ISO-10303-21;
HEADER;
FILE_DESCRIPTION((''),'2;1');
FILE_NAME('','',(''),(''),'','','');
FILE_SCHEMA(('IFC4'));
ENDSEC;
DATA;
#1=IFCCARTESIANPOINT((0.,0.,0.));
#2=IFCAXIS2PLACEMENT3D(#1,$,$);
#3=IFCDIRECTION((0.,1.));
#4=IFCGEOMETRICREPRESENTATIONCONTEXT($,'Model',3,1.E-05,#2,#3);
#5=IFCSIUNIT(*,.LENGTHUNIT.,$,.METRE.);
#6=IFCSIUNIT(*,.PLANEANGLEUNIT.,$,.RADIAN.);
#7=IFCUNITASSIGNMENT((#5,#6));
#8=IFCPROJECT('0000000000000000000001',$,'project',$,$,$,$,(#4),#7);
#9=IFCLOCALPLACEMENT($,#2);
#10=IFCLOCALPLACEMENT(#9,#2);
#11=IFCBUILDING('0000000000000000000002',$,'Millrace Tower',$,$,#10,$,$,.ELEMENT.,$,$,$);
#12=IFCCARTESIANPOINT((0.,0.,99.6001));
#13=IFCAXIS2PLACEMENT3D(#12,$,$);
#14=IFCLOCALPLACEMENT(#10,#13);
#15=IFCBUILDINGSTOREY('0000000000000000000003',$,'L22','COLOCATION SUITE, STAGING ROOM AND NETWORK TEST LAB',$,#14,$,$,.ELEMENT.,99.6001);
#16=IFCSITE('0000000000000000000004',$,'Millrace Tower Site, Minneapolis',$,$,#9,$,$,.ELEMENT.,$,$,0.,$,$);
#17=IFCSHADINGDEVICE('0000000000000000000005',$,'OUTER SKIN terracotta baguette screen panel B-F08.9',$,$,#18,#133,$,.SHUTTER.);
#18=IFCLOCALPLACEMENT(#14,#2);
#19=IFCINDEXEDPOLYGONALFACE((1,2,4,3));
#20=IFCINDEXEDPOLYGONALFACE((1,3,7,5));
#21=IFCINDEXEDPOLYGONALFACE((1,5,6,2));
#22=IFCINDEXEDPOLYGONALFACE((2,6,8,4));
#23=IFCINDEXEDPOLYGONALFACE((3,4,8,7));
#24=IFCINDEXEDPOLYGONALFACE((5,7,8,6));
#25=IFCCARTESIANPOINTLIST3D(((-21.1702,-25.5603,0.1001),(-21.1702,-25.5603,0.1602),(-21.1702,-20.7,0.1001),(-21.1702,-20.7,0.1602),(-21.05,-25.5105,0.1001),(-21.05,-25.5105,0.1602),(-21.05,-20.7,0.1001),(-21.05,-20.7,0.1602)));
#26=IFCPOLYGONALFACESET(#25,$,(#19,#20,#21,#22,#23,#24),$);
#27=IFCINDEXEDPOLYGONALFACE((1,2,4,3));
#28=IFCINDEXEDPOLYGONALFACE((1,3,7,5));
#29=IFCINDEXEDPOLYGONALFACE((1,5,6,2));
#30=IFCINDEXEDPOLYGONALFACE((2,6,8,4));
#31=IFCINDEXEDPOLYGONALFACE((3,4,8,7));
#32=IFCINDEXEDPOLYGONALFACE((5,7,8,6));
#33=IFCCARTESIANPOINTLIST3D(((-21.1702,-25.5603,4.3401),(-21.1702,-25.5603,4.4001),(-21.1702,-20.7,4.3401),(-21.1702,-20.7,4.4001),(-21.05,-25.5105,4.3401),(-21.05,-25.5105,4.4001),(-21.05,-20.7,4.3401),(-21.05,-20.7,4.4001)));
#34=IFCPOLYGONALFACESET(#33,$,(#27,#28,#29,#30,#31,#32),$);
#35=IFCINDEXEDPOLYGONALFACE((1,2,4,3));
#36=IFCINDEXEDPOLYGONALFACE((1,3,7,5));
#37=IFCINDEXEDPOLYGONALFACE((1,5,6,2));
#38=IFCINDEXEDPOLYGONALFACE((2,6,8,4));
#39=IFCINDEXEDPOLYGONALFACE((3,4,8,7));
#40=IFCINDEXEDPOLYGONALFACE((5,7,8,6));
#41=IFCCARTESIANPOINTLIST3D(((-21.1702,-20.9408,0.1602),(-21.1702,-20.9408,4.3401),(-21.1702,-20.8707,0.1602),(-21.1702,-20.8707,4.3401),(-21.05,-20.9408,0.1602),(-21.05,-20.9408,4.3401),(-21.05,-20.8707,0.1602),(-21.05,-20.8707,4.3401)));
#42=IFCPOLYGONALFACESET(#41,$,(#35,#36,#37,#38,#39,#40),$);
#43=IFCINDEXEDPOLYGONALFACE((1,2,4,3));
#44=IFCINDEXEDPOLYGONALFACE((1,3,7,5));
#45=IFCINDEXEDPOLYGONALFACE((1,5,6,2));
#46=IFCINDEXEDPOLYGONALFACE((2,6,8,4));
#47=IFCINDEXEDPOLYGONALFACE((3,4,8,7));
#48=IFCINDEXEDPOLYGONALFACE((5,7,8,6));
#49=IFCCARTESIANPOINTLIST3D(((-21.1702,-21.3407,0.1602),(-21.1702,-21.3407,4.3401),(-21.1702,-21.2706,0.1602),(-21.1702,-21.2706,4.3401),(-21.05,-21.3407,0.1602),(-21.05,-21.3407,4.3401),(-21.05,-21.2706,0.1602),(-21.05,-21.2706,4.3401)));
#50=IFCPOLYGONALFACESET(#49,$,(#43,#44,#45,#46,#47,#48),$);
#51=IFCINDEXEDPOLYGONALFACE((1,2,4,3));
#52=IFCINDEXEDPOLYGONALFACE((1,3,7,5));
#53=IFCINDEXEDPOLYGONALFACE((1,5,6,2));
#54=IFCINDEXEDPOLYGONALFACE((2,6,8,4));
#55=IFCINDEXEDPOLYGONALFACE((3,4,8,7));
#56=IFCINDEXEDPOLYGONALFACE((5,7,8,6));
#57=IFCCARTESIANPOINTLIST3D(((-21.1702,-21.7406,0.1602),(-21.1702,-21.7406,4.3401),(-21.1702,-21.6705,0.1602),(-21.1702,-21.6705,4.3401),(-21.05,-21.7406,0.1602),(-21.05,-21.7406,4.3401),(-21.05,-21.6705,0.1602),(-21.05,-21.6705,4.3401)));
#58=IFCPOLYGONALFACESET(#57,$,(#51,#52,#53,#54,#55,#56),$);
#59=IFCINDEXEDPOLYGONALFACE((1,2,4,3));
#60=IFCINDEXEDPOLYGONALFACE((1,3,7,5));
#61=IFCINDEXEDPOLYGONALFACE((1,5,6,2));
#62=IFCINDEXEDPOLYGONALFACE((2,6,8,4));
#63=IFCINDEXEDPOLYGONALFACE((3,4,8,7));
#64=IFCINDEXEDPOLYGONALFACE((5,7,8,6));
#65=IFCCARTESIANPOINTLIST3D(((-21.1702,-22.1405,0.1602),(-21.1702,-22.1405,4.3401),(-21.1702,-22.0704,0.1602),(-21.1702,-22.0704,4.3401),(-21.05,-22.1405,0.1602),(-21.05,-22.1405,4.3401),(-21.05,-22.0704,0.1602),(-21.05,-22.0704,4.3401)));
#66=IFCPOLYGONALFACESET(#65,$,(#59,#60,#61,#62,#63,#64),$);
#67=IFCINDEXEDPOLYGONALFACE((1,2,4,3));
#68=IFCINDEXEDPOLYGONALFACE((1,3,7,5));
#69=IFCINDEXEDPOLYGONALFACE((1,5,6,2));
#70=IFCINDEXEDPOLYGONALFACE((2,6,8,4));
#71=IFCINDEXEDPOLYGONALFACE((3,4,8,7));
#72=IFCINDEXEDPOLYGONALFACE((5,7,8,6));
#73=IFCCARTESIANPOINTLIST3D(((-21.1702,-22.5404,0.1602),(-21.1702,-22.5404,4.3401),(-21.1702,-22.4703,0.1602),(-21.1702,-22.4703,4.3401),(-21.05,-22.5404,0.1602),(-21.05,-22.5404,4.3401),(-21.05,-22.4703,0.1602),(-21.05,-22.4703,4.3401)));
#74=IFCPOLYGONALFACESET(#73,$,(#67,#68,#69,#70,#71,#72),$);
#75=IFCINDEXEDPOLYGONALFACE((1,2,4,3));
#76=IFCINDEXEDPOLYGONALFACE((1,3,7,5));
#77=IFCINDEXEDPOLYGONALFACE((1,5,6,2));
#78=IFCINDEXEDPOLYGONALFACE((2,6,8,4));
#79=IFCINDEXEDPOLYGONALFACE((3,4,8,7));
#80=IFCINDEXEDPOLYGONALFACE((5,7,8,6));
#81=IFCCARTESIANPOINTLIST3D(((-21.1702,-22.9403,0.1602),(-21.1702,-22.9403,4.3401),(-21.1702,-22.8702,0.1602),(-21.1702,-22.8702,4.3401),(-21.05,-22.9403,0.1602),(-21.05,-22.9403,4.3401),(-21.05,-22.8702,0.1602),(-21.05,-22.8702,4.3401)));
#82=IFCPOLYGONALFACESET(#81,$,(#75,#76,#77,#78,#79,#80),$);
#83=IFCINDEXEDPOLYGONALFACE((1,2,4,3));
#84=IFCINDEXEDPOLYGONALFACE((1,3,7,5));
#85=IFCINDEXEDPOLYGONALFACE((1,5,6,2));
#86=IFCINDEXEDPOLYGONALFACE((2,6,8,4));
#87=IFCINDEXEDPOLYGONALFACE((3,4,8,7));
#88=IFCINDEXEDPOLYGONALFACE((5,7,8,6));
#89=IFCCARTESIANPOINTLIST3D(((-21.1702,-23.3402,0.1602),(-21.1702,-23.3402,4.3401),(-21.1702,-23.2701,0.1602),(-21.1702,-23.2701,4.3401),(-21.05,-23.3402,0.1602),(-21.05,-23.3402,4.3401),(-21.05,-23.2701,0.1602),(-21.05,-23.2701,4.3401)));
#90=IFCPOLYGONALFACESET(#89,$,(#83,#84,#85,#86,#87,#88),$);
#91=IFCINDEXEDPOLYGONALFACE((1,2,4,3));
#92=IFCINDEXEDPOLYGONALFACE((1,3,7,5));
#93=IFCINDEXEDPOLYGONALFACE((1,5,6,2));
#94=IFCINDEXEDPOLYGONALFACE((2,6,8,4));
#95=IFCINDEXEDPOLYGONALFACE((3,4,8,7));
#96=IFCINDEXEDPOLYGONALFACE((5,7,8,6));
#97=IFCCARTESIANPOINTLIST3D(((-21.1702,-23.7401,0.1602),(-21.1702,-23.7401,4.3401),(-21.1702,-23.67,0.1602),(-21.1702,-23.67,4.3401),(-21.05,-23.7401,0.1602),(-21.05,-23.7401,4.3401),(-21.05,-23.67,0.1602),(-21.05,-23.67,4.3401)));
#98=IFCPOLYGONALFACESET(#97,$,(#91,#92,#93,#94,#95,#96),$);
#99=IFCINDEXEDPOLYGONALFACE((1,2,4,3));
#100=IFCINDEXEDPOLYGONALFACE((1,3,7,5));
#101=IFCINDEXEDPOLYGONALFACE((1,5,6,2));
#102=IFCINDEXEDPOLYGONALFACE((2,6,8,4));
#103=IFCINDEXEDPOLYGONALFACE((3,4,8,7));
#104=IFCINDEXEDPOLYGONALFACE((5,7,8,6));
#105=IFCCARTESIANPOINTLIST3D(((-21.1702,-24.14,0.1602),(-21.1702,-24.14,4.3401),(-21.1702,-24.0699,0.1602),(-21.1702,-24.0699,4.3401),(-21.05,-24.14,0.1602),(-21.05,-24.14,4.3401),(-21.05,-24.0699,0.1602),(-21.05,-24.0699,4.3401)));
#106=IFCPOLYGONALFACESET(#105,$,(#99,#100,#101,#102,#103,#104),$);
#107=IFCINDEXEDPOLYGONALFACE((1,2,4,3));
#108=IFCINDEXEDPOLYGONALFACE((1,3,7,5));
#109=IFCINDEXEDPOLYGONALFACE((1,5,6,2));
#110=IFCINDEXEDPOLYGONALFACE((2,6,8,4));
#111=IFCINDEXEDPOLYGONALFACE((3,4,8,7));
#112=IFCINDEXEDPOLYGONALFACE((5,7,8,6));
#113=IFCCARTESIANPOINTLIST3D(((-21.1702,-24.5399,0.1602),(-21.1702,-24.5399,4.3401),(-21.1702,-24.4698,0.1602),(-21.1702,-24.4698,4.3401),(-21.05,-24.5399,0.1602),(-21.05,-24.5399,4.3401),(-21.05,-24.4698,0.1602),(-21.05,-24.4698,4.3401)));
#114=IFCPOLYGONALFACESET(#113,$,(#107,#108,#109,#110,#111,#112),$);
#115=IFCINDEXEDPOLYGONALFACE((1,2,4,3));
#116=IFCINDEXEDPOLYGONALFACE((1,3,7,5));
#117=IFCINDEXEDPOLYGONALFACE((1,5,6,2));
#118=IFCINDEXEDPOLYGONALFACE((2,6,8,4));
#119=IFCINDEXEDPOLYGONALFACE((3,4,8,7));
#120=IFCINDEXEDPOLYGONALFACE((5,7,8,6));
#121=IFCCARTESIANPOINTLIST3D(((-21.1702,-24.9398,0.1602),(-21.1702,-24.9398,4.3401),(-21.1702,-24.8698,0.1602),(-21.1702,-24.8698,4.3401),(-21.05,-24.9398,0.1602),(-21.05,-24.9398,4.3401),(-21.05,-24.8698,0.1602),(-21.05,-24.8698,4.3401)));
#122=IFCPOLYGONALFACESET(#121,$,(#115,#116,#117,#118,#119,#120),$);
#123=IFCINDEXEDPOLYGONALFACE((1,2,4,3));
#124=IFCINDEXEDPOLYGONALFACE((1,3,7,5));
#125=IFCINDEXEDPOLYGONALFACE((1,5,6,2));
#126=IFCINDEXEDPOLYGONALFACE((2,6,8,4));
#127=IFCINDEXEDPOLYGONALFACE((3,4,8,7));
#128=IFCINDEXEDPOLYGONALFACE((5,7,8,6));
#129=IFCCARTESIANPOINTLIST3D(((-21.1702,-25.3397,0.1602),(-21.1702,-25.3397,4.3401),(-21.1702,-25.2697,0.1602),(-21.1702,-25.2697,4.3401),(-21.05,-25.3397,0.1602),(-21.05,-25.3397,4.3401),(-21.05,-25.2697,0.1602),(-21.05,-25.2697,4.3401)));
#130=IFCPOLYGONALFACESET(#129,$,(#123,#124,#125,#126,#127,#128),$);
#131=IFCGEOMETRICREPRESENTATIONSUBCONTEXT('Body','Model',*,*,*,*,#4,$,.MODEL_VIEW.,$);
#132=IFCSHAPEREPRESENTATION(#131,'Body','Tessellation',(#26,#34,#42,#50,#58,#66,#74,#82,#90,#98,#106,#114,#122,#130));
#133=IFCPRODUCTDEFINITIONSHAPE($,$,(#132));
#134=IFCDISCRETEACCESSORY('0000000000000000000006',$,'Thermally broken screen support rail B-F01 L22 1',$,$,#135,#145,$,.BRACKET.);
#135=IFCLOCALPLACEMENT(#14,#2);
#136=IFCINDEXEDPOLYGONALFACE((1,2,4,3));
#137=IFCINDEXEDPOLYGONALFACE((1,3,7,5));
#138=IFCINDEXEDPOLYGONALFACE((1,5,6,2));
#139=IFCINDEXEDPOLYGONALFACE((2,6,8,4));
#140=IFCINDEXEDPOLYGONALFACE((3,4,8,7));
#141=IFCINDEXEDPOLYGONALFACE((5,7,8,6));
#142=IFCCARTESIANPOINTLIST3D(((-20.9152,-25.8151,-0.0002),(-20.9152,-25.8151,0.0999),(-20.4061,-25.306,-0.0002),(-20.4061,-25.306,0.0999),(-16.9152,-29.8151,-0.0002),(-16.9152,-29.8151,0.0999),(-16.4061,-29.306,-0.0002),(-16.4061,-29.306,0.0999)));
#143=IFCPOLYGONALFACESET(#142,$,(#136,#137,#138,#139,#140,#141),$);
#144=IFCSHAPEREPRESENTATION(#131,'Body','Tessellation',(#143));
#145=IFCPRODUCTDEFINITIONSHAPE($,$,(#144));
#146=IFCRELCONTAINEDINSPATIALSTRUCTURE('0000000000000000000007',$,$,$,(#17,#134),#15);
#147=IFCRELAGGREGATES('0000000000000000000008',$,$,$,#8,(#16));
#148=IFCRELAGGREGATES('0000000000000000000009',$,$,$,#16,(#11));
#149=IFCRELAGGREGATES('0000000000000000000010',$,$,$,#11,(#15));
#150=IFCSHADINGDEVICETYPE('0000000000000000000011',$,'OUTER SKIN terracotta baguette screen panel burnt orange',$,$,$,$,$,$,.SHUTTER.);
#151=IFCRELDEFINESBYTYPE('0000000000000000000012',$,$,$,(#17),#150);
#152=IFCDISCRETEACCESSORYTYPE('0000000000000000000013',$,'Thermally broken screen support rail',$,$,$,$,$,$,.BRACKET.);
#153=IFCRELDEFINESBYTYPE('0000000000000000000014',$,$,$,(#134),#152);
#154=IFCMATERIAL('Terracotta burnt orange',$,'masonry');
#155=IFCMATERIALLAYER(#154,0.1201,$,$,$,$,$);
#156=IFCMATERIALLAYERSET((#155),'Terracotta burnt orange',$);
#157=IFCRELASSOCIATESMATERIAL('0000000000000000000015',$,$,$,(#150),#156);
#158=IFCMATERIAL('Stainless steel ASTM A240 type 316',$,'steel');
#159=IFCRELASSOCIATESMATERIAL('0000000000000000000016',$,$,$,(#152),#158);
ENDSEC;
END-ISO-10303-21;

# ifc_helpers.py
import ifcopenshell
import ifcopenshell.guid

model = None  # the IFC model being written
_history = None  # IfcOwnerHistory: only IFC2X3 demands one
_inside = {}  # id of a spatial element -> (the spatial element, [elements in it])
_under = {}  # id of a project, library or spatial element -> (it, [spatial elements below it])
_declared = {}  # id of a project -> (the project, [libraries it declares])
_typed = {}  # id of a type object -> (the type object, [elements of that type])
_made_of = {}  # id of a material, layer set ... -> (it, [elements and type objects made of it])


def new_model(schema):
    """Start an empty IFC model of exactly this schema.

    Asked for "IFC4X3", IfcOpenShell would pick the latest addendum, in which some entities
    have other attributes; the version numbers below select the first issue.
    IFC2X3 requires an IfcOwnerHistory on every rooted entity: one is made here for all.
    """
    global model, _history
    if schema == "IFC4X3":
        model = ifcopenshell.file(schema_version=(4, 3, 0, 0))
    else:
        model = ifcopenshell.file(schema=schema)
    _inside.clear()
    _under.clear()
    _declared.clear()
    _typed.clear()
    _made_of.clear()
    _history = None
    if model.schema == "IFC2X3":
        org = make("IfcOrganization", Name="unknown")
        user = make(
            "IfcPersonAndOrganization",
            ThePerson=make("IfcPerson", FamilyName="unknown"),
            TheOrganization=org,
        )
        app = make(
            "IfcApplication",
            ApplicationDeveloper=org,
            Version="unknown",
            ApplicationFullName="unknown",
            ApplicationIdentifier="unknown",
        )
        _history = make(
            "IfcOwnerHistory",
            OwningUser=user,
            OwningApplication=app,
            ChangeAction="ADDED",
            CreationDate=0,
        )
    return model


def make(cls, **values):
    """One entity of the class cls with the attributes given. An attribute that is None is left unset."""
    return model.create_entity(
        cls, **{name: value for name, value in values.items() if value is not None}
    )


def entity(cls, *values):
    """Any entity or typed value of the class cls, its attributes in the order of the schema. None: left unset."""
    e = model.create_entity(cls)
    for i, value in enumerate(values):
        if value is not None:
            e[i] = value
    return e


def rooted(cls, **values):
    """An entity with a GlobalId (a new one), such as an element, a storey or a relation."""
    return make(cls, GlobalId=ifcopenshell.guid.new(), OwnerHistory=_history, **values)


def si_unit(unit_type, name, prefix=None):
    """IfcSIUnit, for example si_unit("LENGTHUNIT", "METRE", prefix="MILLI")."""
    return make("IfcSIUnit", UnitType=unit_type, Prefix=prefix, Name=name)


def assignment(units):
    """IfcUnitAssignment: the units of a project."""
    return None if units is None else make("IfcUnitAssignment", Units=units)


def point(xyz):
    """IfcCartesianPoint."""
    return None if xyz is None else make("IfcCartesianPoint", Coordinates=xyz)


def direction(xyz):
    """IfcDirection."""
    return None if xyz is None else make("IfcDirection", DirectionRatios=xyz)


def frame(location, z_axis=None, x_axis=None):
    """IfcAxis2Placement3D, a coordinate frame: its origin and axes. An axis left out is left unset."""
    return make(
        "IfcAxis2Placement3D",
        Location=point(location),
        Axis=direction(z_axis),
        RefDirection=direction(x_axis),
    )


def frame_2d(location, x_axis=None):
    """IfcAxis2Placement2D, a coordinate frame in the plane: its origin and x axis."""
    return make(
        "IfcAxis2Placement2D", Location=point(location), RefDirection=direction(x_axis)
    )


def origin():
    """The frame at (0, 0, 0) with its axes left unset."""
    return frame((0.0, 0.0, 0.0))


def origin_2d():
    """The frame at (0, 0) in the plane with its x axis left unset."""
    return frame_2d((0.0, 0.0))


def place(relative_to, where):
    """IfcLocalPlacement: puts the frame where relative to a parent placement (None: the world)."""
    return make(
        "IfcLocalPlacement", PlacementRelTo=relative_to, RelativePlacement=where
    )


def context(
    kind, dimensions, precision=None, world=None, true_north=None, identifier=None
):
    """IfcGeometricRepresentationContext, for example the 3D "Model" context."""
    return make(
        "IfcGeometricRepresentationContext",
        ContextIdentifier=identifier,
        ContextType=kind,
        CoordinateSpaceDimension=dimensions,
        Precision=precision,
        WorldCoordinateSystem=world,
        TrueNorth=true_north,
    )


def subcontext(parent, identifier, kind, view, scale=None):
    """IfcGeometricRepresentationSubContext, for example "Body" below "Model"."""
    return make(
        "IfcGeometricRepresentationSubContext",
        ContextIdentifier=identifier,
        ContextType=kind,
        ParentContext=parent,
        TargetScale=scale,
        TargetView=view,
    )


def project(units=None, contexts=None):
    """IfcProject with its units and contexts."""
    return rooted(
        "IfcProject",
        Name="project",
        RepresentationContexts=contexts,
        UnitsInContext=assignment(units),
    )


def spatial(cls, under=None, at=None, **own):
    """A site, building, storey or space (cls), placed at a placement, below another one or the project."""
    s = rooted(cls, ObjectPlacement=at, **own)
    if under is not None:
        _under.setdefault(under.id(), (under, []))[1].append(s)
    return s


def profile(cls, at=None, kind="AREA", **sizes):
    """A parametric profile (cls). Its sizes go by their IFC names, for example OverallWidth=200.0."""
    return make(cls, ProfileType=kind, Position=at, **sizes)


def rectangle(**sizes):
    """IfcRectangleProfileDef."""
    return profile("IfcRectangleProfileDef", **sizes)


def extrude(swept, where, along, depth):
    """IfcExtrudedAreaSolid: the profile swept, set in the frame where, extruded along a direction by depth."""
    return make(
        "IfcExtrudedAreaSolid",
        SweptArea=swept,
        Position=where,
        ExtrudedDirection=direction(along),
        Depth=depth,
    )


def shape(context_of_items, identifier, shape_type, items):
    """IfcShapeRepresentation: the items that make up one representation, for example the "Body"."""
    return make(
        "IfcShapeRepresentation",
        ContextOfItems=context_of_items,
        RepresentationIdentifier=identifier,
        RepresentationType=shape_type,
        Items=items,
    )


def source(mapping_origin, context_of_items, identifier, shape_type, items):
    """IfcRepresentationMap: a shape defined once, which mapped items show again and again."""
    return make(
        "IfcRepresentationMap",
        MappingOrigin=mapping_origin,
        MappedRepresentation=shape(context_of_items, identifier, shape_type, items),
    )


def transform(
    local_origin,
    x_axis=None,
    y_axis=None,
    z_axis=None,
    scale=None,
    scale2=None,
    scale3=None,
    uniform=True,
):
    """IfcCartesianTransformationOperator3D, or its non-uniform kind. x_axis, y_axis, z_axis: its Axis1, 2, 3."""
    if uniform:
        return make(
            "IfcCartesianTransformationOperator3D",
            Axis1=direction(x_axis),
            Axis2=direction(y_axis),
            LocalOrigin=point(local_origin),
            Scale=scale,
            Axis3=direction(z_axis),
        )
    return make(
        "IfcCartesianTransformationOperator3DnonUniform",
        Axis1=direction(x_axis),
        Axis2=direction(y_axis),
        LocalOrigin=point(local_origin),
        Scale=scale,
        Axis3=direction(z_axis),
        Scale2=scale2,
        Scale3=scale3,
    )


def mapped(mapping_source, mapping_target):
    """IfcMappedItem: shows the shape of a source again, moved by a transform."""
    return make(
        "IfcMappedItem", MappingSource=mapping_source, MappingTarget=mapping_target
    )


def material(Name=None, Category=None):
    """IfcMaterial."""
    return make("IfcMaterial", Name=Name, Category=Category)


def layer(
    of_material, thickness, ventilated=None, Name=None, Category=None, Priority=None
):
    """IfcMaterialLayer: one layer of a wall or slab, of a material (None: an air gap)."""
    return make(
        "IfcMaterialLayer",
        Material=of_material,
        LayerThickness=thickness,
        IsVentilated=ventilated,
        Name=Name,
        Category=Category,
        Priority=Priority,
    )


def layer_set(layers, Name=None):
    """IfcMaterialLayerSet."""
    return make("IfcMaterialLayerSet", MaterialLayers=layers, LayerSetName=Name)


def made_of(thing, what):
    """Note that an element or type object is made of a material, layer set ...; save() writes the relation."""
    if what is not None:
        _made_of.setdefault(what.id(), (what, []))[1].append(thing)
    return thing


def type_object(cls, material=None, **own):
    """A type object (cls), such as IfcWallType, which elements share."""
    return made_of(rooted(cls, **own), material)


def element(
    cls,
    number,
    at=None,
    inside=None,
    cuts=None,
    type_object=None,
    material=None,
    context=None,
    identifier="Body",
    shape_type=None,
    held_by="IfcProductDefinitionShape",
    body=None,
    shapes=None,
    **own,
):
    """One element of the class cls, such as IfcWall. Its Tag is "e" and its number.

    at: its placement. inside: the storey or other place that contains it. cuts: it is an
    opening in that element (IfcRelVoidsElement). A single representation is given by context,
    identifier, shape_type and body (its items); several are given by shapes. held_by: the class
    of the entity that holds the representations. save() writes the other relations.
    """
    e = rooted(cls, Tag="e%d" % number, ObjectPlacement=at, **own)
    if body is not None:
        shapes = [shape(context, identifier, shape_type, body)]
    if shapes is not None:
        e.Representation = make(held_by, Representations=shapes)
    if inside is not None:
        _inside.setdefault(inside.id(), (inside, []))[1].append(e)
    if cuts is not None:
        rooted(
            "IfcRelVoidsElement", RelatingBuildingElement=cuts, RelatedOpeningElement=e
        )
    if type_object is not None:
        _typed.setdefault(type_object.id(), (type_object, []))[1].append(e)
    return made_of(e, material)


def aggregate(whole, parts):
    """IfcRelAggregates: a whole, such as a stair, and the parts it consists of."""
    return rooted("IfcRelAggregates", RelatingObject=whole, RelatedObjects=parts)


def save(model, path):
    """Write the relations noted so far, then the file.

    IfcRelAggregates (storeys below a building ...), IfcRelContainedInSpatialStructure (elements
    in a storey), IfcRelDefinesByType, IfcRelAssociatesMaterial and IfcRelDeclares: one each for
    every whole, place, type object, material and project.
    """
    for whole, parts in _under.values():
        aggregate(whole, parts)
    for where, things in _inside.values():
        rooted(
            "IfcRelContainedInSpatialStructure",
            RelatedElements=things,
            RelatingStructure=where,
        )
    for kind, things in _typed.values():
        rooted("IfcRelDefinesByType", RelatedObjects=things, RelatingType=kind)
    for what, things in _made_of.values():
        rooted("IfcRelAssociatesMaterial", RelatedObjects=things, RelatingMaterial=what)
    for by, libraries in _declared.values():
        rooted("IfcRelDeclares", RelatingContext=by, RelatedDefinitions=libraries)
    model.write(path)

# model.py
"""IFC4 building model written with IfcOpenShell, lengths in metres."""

from ifc_helpers import new_model, entity, si_unit, direction, frame, frame_2d, origin, origin_2d, place, context, subcontext, project, spatial, rectangle, extrude, source, transform, mapped, material, layer, layer_set, type_object, element, save


model = new_model("IFC4")

# Units and contexts
model_context = context("Model", 3, precision=1e-05, world=origin(), true_north=direction((0.0, 1.0)))
body_context = subcontext(model_context, "Body", "Model", "MODEL_VIEW")
ifc_project = project(units=[si_unit("LENGTHUNIT", "METRE"), si_unit("PLANEANGLEUNIT", "RADIAN")], contexts=[model_context])

# Site, building, storey
site_placement = place(None, origin())
site = spatial("IfcSite", under=ifc_project, at=site_placement, Name="Millrace Tower Site, Minneapolis", CompositionType="ELEMENT", RefElevation=0.0)
building_placement = place(site_placement, origin())
building = spatial("IfcBuilding", under=site, at=building_placement, Name="Millrace Tower", CompositionType="ELEMENT")
storey_placement = place(building_placement, frame((0.0, 0.0, 99.6001)))
storey = spatial("IfcBuildingStorey", under=building, at=storey_placement, Name="L22", Description="COLOCATION SUITE, STAGING ROOM AND NETWORK TEST LAB", CompositionType="ELEMENT", Elevation=99.6001)

# Shading device
ifc_material_1 = material(Name="Terracotta burnt orange", Category="masonry")
ifc_layer_1 = layer(ifc_material_1, 0.1201)
ifc_layer_set_1 = layer_set([ifc_layer_1], Name="Terracotta burnt orange")
shading_device_type = type_object("IfcShadingDeviceType", Name="OUTER SKIN terracotta baguette screen panel burnt orange", PredefinedType="SHUTTER", material=ifc_layer_set_1)
cartesian_point_1 = entity("IfcCartesianPoint", [-2.4177, 0.0601])
shared_polyline_1 = entity("IfcPolyline", [cartesian_point_1, entity("IfcCartesianPoint", [2.3928, 0.0601]), entity("IfcCartesianPoint", [2.4426, -0.0601]), entity("IfcCartesianPoint", [-2.4177, -0.0601]), cartesian_point_1])
shared_shape_1 = source(origin(), body_context, "Body", "SweptSolid", [
    entity("IfcExtrudedAreaSolid", entity("IfcArbitraryClosedProfileDef", "AREA", None, shared_polyline_1), entity("IfcAxis2Placement3D", entity("IfcCartesianPoint", [0.0, 0.0, 0.0])), entity("IfcDirection", [0.0, 0.0, 1.0]), 0.0601),
    entity("IfcExtrudedAreaSolid", entity("IfcArbitraryClosedProfileDef", "AREA", None, shared_polyline_1), entity("IfcAxis2Placement3D", entity("IfcCartesianPoint", [0.0, 0.0, 4.24])), entity("IfcDirection", [0.0, 0.0, 1.0]), 0.0601),
    extrude(rectangle(XDim=0.0701, YDim=0.1201, at=frame_2d((-2.2119, 0.0))), frame((0.0, 0.0, 0.0601)), (0.0, 0.0, 1.0), 4.1799),
    extrude(rectangle(XDim=0.0701, YDim=0.1201, at=frame_2d((-1.812, 0.0))), frame((0.0, 0.0, 0.0601)), (0.0, 0.0, 1.0), 4.1799),
    extrude(rectangle(XDim=0.0701, YDim=0.1201, at=frame_2d((-1.4121, 0.0))), frame((0.0, 0.0, 0.0601)), (0.0, 0.0, 1.0), 4.1799),
    extrude(rectangle(XDim=0.0701, YDim=0.1201, at=frame_2d((-1.0122, 0.0))), frame((0.0, 0.0, 0.0601)), (0.0, 0.0, 1.0), 4.1799),
    extrude(rectangle(XDim=0.0701, YDim=0.1201, at=frame_2d((-0.6123, 0.0))), frame((0.0, 0.0, 0.0601)), (0.0, 0.0, 1.0), 4.1799),
    extrude(rectangle(XDim=0.0701, YDim=0.1201, at=frame_2d((-0.2124, 0.0))), frame((0.0, 0.0, 0.0601)), (0.0, 0.0, 1.0), 4.1799),
    extrude(rectangle(XDim=0.0701, YDim=0.1201, at=frame_2d((0.1875, 0.0))), frame((0.0, 0.0, 0.0601)), (0.0, 0.0, 1.0), 4.1799),
    extrude(rectangle(XDim=0.0701, YDim=0.1201, at=frame_2d((0.5874, 0.0))), frame((0.0, 0.0, 0.0601)), (0.0, 0.0, 1.0), 4.1799),
    extrude(rectangle(XDim=0.0701, YDim=0.1201, at=frame_2d((0.9873, 0.0))), frame((0.0, 0.0, 0.0601)), (0.0, 0.0, 1.0), 4.1799),
    extrude(rectangle(XDim=0.0701, YDim=0.1201, at=frame_2d((1.3872, 0.0))), frame((0.0, 0.0, 0.0601)), (0.0, 0.0, 1.0), 4.1799),
    extrude(rectangle(XDim=0.0701, YDim=0.1201, at=frame_2d((1.7871, 0.0))), frame((0.0, 0.0, 0.0601)), (0.0, 0.0, 1.0), 4.1799),
    extrude(rectangle(XDim=0.0701, YDim=0.1201, at=frame_2d((2.187, 0.0))), frame((0.0, 0.0, 0.0601)), (0.0, 0.0, 1.0), 4.1799),
])
shading_device_1_placement = place(storey_placement, frame((-21.1101, -23.1177, 0.1001), z_axis=(0.0, 0.0, 1.0), x_axis=(0.0, -1.0, 0.0)))
element("IfcShadingDevice", 1, at=shading_device_1_placement, inside=storey, type_object=shading_device_type, Name="OUTER SKIN terracotta baguette screen panel B-F08.9", PredefinedType="SHUTTER", context=body_context, shape_type="MappedRepresentation", body=[
    mapped(shared_shape_1, transform((0.0, 0.0, 0.0), scale=1.0)),
])

# Discrete accessory
ifc_material_2 = material(Name="Stainless steel ASTM A240 type 316", Category="steel")
discrete_accessory_type = type_object("IfcDiscreteAccessoryType", Name="Thermally broken screen support rail", PredefinedType="BRACKET", material=ifc_material_2)
discrete_accessory_placement = place(storey_placement, frame((-18.6606, -27.5605, -0.0002), z_axis=(0.0, 0.0, 1.0), x_axis=(0.707107, -0.707107, 0.0)))
element("IfcDiscreteAccessory", 2, at=discrete_accessory_placement, inside=storey, type_object=discrete_accessory_type, Name="Thermally broken screen support rail B-F01 L22 1", PredefinedType="BRACKET", context=body_context, shape_type="SweptSolid", body=[
    extrude(rectangle(XDim=5.6567, YDim=0.72, at=origin_2d()), origin(), (0.0, 0.0, 1.0), 0.1001),
])

save(model, "model.ifc")
